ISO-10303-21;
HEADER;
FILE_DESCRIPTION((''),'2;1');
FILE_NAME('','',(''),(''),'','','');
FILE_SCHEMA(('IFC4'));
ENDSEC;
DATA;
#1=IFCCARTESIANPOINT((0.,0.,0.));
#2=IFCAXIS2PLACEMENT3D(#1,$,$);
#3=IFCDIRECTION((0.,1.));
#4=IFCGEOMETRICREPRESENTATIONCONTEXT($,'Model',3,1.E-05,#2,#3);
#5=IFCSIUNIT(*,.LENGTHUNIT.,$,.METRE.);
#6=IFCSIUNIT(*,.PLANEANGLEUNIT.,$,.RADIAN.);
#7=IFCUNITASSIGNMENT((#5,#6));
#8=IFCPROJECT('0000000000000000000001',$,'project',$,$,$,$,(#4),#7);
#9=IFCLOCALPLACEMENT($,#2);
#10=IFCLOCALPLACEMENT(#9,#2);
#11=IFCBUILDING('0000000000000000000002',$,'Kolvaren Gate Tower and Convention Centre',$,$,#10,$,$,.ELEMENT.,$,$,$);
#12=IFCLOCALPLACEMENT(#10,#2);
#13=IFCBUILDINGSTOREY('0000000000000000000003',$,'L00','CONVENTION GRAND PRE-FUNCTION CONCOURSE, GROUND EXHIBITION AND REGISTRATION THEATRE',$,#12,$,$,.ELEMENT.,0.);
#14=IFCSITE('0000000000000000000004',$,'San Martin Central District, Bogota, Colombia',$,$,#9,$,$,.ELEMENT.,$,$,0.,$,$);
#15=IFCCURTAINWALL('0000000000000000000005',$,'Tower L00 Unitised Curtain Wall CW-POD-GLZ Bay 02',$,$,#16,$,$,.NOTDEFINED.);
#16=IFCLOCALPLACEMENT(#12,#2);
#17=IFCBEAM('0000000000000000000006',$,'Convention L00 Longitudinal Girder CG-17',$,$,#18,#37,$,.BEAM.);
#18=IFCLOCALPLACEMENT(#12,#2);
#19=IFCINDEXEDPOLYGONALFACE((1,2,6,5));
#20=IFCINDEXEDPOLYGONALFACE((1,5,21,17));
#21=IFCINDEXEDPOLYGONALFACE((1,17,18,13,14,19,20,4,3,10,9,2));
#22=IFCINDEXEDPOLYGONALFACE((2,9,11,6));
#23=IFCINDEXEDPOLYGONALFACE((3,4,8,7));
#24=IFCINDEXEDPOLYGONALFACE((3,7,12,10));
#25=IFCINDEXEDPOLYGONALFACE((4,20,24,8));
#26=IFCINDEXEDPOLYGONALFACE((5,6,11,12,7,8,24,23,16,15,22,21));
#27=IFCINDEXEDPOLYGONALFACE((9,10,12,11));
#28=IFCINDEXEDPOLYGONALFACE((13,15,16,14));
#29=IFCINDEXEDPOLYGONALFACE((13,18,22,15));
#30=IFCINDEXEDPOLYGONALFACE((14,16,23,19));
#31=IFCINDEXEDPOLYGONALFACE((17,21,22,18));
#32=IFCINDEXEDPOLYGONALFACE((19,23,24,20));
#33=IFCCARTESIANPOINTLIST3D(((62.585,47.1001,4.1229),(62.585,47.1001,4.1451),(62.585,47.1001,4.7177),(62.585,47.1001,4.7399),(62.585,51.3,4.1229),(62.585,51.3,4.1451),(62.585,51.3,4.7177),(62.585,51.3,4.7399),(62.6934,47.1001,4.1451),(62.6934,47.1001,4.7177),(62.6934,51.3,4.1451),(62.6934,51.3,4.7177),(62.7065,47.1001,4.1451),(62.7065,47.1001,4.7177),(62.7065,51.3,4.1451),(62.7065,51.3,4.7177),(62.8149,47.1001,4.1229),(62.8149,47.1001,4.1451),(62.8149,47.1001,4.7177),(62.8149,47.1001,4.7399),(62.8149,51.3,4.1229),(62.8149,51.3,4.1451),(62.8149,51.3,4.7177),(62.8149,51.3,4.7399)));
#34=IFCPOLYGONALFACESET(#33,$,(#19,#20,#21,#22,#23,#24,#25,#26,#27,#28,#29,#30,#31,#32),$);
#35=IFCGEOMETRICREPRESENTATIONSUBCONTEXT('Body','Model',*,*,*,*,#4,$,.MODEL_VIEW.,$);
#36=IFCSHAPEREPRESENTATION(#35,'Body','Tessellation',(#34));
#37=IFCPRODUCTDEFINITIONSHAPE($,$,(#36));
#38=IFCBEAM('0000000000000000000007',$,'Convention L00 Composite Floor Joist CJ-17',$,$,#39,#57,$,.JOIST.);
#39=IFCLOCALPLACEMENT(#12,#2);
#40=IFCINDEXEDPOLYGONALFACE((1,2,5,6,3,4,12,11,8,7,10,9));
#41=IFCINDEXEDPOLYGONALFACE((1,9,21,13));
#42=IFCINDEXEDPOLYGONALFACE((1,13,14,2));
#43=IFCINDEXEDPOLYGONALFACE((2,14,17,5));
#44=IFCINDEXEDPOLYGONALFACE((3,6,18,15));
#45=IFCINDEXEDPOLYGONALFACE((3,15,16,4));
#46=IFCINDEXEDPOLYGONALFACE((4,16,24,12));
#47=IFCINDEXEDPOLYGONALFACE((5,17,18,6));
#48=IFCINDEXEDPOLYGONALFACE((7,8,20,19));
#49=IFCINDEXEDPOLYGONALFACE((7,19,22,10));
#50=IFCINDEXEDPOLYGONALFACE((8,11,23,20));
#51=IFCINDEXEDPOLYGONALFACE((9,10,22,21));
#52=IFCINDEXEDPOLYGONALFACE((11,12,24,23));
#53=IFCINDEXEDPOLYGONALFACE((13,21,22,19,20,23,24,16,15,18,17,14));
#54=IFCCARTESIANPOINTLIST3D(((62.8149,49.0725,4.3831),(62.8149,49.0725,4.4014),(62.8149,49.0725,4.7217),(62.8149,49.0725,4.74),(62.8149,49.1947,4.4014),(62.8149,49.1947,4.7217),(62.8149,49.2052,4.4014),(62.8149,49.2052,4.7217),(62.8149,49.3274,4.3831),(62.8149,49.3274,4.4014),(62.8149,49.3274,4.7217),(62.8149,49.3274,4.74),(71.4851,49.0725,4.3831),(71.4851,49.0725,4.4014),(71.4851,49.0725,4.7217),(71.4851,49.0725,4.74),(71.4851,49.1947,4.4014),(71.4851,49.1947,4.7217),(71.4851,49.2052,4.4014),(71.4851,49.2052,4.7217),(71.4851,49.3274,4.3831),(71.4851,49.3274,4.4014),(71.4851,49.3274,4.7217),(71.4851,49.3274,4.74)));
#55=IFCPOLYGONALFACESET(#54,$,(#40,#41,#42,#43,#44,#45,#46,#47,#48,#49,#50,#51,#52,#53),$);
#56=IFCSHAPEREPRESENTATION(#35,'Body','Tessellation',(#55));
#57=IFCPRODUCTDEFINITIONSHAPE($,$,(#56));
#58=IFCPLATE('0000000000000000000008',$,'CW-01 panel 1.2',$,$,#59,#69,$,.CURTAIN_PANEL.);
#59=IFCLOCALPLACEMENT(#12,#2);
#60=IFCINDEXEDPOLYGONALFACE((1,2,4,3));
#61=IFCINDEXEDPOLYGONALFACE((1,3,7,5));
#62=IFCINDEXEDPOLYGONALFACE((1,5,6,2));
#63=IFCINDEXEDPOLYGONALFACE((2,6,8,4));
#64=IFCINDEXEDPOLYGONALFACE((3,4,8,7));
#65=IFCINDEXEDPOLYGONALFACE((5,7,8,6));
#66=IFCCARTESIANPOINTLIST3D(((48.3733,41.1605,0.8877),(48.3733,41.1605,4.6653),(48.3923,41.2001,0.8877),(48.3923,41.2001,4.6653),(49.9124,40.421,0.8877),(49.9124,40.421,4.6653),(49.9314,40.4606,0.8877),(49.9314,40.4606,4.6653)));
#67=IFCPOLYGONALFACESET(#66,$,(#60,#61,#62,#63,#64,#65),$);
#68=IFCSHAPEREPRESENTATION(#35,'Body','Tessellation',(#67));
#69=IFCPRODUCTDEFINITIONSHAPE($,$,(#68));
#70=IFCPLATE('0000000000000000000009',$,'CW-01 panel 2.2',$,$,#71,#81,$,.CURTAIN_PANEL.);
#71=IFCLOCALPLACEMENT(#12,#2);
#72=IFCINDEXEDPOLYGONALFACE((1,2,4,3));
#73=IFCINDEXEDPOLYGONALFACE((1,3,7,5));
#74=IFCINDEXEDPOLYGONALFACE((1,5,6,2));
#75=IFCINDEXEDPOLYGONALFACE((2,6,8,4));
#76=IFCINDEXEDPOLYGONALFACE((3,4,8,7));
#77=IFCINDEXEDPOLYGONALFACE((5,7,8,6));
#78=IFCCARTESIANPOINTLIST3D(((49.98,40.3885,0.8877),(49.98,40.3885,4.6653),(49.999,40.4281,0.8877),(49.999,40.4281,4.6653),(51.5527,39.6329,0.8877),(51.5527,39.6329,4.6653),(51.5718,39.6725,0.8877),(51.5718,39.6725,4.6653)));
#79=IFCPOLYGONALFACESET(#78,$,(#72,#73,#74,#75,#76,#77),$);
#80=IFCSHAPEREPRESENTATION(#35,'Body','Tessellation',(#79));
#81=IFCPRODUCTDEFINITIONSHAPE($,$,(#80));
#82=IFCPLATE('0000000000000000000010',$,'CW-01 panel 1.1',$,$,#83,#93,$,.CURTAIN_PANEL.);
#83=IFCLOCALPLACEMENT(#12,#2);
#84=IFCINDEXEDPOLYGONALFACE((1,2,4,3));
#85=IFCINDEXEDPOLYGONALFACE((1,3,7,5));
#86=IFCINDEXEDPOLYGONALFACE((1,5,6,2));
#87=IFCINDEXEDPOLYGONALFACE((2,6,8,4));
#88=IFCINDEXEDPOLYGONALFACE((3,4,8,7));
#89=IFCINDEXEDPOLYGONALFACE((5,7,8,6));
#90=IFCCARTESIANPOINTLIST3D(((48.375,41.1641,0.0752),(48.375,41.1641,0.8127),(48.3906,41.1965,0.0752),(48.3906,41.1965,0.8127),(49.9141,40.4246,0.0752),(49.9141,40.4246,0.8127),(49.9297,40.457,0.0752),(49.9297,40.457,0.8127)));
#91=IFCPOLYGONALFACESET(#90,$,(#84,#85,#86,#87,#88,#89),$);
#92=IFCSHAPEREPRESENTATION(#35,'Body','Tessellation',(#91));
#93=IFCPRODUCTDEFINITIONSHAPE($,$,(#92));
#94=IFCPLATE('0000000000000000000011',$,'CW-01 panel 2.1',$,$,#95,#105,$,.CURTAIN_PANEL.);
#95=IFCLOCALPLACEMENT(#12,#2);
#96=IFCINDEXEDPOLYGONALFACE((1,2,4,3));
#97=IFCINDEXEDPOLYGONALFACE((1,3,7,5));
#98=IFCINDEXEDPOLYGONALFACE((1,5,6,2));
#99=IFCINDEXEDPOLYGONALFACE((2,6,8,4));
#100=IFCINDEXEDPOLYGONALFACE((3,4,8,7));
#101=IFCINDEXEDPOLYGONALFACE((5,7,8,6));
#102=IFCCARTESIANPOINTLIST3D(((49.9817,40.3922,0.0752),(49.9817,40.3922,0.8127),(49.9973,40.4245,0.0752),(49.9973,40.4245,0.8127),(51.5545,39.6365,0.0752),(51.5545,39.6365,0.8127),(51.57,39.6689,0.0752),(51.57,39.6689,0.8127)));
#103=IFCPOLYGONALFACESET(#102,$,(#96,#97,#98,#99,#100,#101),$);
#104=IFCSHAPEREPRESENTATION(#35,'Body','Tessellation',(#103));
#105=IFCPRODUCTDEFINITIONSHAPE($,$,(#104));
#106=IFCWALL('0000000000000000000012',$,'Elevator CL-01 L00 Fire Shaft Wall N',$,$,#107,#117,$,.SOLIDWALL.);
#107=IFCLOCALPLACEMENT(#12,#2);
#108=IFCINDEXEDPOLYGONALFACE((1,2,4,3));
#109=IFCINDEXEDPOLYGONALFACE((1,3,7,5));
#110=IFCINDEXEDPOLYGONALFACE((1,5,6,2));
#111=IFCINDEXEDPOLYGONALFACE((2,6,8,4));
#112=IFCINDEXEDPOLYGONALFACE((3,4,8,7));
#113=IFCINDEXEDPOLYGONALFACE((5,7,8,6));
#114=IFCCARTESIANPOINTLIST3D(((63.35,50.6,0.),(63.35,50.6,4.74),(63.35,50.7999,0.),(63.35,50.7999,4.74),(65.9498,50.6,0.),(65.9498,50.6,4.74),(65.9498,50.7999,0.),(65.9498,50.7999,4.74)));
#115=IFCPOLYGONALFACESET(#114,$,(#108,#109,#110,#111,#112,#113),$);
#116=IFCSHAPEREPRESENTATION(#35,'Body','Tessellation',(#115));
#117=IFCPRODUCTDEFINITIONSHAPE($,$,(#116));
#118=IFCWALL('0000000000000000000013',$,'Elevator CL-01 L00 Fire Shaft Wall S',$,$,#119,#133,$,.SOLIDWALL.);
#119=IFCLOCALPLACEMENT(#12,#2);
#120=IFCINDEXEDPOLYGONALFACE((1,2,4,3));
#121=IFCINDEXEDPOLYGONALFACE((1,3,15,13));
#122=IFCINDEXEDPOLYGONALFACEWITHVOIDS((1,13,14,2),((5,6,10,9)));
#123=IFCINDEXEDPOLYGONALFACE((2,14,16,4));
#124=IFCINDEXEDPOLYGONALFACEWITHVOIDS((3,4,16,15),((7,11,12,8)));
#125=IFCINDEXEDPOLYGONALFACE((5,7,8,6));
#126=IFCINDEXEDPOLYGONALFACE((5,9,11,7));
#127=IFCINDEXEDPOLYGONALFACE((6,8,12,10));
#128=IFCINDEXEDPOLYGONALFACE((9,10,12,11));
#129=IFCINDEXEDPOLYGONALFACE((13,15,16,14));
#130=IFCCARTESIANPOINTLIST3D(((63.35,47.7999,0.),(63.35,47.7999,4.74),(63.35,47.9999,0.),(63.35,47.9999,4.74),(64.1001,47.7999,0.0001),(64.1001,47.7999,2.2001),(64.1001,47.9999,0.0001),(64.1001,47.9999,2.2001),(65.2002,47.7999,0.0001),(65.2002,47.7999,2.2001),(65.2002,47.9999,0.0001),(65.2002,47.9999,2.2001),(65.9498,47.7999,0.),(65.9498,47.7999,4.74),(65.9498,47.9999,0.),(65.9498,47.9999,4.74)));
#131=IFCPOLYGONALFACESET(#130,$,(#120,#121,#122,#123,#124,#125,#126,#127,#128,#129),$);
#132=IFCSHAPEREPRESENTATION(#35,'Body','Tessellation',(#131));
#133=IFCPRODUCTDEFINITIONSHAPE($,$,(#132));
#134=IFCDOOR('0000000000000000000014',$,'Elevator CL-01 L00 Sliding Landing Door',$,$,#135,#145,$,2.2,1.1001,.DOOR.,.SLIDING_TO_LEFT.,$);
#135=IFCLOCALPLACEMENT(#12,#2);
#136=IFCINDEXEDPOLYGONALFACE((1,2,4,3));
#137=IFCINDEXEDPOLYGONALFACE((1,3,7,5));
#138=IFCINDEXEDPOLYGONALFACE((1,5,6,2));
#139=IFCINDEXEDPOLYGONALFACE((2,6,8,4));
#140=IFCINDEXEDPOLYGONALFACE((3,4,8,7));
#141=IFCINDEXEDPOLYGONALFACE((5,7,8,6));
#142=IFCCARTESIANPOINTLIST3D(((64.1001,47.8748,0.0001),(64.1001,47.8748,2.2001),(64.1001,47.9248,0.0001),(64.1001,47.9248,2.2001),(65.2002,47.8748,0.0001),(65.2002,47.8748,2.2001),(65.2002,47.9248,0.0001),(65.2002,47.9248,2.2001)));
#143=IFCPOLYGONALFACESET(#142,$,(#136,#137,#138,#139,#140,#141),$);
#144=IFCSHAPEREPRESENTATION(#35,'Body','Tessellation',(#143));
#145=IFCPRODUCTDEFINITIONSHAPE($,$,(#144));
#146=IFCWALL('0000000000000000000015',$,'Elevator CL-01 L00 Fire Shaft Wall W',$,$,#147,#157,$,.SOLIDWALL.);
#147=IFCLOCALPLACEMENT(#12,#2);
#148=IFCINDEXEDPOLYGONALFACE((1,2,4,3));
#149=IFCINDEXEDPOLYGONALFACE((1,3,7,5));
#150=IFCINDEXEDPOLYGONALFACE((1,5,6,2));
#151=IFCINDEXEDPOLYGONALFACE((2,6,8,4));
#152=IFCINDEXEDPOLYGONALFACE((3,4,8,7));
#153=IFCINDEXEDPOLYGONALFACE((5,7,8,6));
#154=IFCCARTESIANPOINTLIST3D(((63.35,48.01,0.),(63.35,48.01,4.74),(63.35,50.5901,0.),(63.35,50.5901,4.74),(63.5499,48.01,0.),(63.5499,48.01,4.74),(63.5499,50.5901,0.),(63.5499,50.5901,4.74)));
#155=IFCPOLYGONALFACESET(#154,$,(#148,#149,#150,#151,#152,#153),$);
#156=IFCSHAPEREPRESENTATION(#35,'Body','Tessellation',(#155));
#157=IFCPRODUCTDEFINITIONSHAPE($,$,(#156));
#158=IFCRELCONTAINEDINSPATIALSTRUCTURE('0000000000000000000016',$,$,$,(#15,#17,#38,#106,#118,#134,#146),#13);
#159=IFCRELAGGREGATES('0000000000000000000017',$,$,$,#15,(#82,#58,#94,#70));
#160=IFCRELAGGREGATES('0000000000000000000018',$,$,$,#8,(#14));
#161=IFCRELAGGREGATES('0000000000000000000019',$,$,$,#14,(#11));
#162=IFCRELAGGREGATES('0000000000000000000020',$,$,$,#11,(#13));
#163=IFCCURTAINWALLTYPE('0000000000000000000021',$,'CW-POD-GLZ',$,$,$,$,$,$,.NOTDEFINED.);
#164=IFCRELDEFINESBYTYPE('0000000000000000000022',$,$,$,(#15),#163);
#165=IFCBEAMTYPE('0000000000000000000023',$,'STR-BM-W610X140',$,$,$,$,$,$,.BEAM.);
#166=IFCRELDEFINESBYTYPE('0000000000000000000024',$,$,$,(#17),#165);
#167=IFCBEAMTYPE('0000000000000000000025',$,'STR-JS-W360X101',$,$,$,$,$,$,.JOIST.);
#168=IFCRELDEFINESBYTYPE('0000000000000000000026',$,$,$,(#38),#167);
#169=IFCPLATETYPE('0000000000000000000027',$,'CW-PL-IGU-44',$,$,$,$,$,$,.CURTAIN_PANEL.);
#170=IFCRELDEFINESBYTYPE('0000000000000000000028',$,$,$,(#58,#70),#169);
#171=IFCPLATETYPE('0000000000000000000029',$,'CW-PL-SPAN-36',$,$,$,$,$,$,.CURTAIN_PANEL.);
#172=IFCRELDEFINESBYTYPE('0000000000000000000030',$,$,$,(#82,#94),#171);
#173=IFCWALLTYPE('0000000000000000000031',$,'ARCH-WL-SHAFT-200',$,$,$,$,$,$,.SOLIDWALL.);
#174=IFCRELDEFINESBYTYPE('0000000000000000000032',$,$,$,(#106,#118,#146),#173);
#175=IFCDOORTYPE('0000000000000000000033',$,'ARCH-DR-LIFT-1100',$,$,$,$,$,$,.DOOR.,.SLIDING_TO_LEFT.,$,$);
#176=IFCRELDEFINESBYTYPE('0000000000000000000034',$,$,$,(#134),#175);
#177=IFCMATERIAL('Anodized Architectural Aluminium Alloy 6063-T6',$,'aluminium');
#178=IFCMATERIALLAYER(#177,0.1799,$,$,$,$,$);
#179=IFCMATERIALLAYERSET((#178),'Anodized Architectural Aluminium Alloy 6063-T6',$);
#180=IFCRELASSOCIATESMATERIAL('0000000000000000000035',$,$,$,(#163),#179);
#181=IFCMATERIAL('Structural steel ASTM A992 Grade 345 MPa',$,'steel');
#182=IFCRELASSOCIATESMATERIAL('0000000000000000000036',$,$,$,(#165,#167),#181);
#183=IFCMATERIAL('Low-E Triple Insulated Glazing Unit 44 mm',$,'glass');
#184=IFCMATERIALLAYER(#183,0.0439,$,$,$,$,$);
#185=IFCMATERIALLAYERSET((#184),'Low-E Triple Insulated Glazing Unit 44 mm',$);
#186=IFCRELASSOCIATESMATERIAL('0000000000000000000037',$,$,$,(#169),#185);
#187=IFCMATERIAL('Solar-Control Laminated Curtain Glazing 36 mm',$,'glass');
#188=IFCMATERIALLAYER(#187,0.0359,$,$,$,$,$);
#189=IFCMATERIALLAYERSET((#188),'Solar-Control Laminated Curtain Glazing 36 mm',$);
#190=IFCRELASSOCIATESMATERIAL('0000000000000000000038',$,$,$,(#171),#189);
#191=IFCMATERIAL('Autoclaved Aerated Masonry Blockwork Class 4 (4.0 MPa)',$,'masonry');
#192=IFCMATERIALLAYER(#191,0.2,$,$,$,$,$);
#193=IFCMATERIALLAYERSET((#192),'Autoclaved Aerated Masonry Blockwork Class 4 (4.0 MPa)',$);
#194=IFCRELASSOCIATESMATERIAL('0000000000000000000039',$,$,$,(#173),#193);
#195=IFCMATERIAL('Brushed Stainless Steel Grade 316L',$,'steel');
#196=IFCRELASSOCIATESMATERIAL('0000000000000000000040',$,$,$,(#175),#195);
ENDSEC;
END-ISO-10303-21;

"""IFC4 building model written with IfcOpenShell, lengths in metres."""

from ifc_helpers import new_model, si_unit, direction, frame, frame_2d, origin, origin_2d, place, context, subcontext, project, spatial, rectangle, i_section, extrude, material, layer, layer_set, material_profile, profile_set, type_object, element, fill, aggregate, save


model = new_model("IFC4")

# Units and contexts
model_context = context("Model", 3, precision=1e-05, world=origin(), true_north=direction((0.0, 1.0)))
body_context = subcontext(model_context, "Body", "Model", "MODEL_VIEW")
ifc_project = project(units=[si_unit("LENGTHUNIT", "METRE"), si_unit("PLANEANGLEUNIT", "RADIAN")], contexts=[model_context])

# Site, building, storey
site_placement = place(None, origin())
site = spatial("IfcSite", under=ifc_project, at=site_placement, Name="San Martin Central District, Bogota, Colombia", CompositionType="ELEMENT", RefElevation=0.0)
building_placement = place(site_placement, origin())
building = spatial("IfcBuilding", under=site, at=building_placement, Name="Kolvaren Gate Tower and Convention Centre", CompositionType="ELEMENT")
storey_placement = place(building_placement, origin())
storey = spatial("IfcBuildingStorey", under=building, at=storey_placement, Name="L00", Description="CONVENTION GRAND PRE-FUNCTION CONCOURSE, GROUND EXHIBITION AND REGISTRATION THEATRE", CompositionType="ELEMENT", Elevation=0.0)

# Curtain wall
ifc_material_1 = material(Name="Anodized Architectural Aluminium Alloy 6063-T6", Category="aluminium")
ifc_layer_1 = layer(ifc_material_1, 0.1799)
ifc_layer_set_1 = layer_set([ifc_layer_1], Name="Anodized Architectural Aluminium Alloy 6063-T6")
curtain_wall_type = type_object("IfcCurtainWallType", Name="CW-POD-GLZ", PredefinedType="NOTDEFINED", material=ifc_layer_set_1)
curtain_wall_placement = place(storey_placement, origin())
curtain_wall = element("IfcCurtainWall", 1, at=curtain_wall_placement, inside=storey, type_object=curtain_wall_type, Name="Tower L00 Unitised Curtain Wall CW-POD-GLZ Bay 02", PredefinedType="NOTDEFINED")

# Beams
ifc_material_2 = material(Name="Structural steel ASTM A992 Grade 345 MPa", Category="steel")
ifc_material_profile_1 = material_profile(ifc_material_2, i_section(OverallWidth=0.23, OverallDepth=0.6169, WebThickness=0.0132, FlangeThickness=0.0222, at=origin_2d()), Name="W610X140")
ifc_profile_set_1 = profile_set([ifc_material_profile_1], Name="Structural steel ASTM A992 Grade 345 MPa")
beam_type_1 = type_object("IfcBeamType", Name="STR-BM-W610X140", PredefinedType="BEAM", material=ifc_profile_set_1)
beam_1_placement = place(storey_placement, frame((62.7, 47.1001, 4.4314), z_axis=(0.0, 1.0, 0.0), x_axis=(-1.0, 0.0, 0.0)))
element("IfcBeam", 2, at=beam_1_placement, inside=storey, type_object=beam_type_1, Name="Convention L00 Longitudinal Girder CG-17", PredefinedType="BEAM", context=body_context, shape_type="SweptSolid", body=[
    extrude(i_section(OverallWidth=0.23, OverallDepth=0.6169, WebThickness=0.0132, FlangeThickness=0.0222, at=origin_2d()), origin(), (0.0, 0.0, 1.0), 4.2),
])
ifc_material_profile_2 = material_profile(ifc_material_2, i_section(OverallWidth=0.2549, OverallDepth=0.3569, WebThickness=0.0105, FlangeThickness=0.0183, at=origin_2d()), Name="W360X101")
ifc_profile_set_2 = profile_set([ifc_material_profile_2], Name="Structural steel ASTM A992 Grade 345 MPa")
beam_type_2 = type_object("IfcBeamType", Name="STR-JS-W360X101", PredefinedType="JOIST", material=ifc_profile_set_2)
beam_2_placement = place(storey_placement, frame((62.8149, 49.2, 4.5615), z_axis=(1.0, 0.0, 0.0), x_axis=(0.0, 1.0, 0.0)))
element("IfcBeam", 3, at=beam_2_placement, inside=storey, type_object=beam_type_2, Name="Convention L00 Composite Floor Joist CJ-17", PredefinedType="JOIST", context=body_context, shape_type="SweptSolid", body=[
    extrude(i_section(OverallWidth=0.2549, OverallDepth=0.3569, WebThickness=0.0105, FlangeThickness=0.0183, at=origin_2d()), origin(), (0.0, 0.0, 1.0), 8.6702),
])

# Plates
ifc_material_3 = material(Name="Low-E Triple Insulated Glazing Unit 44 mm", Category="glass")
ifc_layer_2 = layer(ifc_material_3, 0.0439)
ifc_layer_set_2 = layer_set([ifc_layer_2], Name="Low-E Triple Insulated Glazing Unit 44 mm")
plate_type_1 = type_object("IfcPlateType", Name="CW-PL-IGU-44", PredefinedType="CURTAIN_PANEL", material=ifc_layer_set_2)
plate_1_placement = place(storey_placement, frame((49.1523, 40.8105, 0.8877), z_axis=(0.0, 0.0, 1.0), x_axis=(0.901364, -0.433063, 0.0)))
plate_1 = element("IfcPlate", 4, at=plate_1_placement, type_object=plate_type_1, Name="CW-01 panel 1.2", PredefinedType="CURTAIN_PANEL", context=body_context, shape_type="SweptSolid", body=[
    extrude(rectangle(XDim=1.7075, YDim=0.0439, at=origin_2d()), origin(), (0.0, 0.0, 1.0), 3.7776),
])
plate_2_placement = place(storey_placement, frame((50.7759, 40.0305, 0.8877), z_axis=(0.0, 0.0, 1.0), x_axis=(0.901364, -0.433063, 0.0)))
plate_2 = element("IfcPlate", 5, at=plate_2_placement, type_object=plate_type_1, Name="CW-01 panel 2.2", PredefinedType="CURTAIN_PANEL", context=body_context, shape_type="SweptSolid", body=[
    extrude(rectangle(XDim=1.7449, YDim=0.0439, at=origin_2d()), origin(), (0.0, 0.0, 1.0), 3.7776),
])
ifc_material_4 = material(Name="Solar-Control Laminated Curtain Glazing 36 mm", Category="glass")
ifc_layer_3 = layer(ifc_material_4, 0.0359)
ifc_layer_set_3 = layer_set([ifc_layer_3], Name="Solar-Control Laminated Curtain Glazing 36 mm")
plate_type_2 = type_object("IfcPlateType", Name="CW-PL-SPAN-36", PredefinedType="CURTAIN_PANEL", material=ifc_layer_set_3)
plate_3_placement = place(storey_placement, frame((49.1523, 40.8105, 0.0752), z_axis=(0.0, 0.0, 1.0), x_axis=(0.901364, -0.433063, 0.0)))
plate_3 = element("IfcPlate", 6, at=plate_3_placement, type_object=plate_type_2, Name="CW-01 panel 1.1", PredefinedType="CURTAIN_PANEL", context=body_context, shape_type="SweptSolid", body=[
    extrude(rectangle(XDim=1.7075, YDim=0.0359, at=origin_2d()), origin(), (0.0, 0.0, 1.0), 0.7375),
])
plate_4_placement = place(storey_placement, frame((50.7759, 40.0305, 0.0752), z_axis=(0.0, 0.0, 1.0), x_axis=(0.901364, -0.433063, 0.0)))
plate_4 = element("IfcPlate", 7, at=plate_4_placement, type_object=plate_type_2, Name="CW-01 panel 2.1", PredefinedType="CURTAIN_PANEL", context=body_context, shape_type="SweptSolid", body=[
    extrude(rectangle(XDim=1.7449, YDim=0.0359, at=origin_2d()), origin(), (0.0, 0.0, 1.0), 0.7375),
])
aggregate(curtain_wall, [plate_3, plate_1, plate_4, plate_2])

# Wall
ifc_material_5 = material(Name="Autoclaved Aerated Masonry Blockwork Class 4 (4.0 MPa)", Category="masonry")
ifc_layer_4 = layer(ifc_material_5, 0.2)
ifc_layer_set_4 = layer_set([ifc_layer_4], Name="Autoclaved Aerated Masonry Blockwork Class 4 (4.0 MPa)")
wall_type_1 = type_object("IfcWallType", Name="ARCH-WL-SHAFT-200", PredefinedType="SOLIDWALL", material=ifc_layer_set_4)
wall_1_placement = place(storey_placement, frame((63.3501, 50.7, 0.0), z_axis=(0.0, 0.0, 1.0), x_axis=(1.0, 0.0, 0.0)))
element("IfcWall", 8, at=wall_1_placement, inside=storey, type_object=wall_type_1, Name="Elevator CL-01 L00 Fire Shaft Wall N", PredefinedType="SOLIDWALL", context=body_context, shape_type="SweptSolid", body=[
    extrude(rectangle(XDim=2.5999, YDim=0.2, at=frame_2d((1.2998, 0.0))), origin(), (0.0, 0.0, 1.0), 4.74),
])

# Wall, opening, door
wall_2_placement = place(storey_placement, frame((63.3501, 47.8999, 0.0), z_axis=(0.0, 0.0, 1.0), x_axis=(1.0, 0.0, 0.0)))
wall_2 = element("IfcWall", 9, at=wall_2_placement, inside=storey, type_object=wall_type_1, Name="Elevator CL-01 L00 Fire Shaft Wall S", PredefinedType="SOLIDWALL", context=body_context, shape_type="SweptSolid", body=[
    extrude(rectangle(XDim=2.5999, YDim=0.2, at=frame_2d((1.2998, 0.0))), origin(), (0.0, 0.0, 1.0), 4.74),
])
opening_1_placement = place(wall_2_placement, frame((0.75, 0.0, 0.0)))
opening_1 = element("IfcOpeningElement", 10, at=opening_1_placement, cuts=wall_2, PredefinedType="OPENING", context=body_context, shape_type="SweptSolid", body=[
    extrude(rectangle(XDim=1.1001, YDim=2.2, at=frame_2d((0.55, 1.1001))), frame((0.0, 0.1099, 0.0), z_axis=(0.0, -1.0, 0.0), x_axis=(1.0, 0.0, 0.0)), (0.0, 0.0, 1.0), 0.22),
])
ifc_material_6 = material(Name="Brushed Stainless Steel Grade 316L", Category="steel")
door_type_1 = type_object("IfcDoorType", Name="ARCH-DR-LIFT-1100", OperationType="SLIDING_TO_LEFT", PredefinedType="DOOR", material=ifc_material_6)
door_1_placement = place(opening_1_placement, origin())
door_1 = element("IfcDoor", 11, at=door_1_placement, inside=storey, type_object=door_type_1, Name="Elevator CL-01 L00 Sliding Landing Door", OperationType="SLIDING_TO_LEFT", OverallHeight=2.2, OverallWidth=1.1001, PredefinedType="DOOR", context=body_context, shape_type="SweptSolid", body=[
    extrude(rectangle(XDim=1.1001, YDim=2.2, at=frame_2d((0.55, 1.1001))), frame((0.0, 0.0249, 0.0), z_axis=(0.0, -1.0, 0.0), x_axis=(1.0, 0.0, 0.0)), (0.0, 0.0, 1.0), 0.05),
])
fill(opening_1, door_1)

# Wall
wall_3_placement = place(storey_placement, frame((63.45, 48.01, 0.0), z_axis=(0.0, 0.0, 1.0), x_axis=(0.0, 1.0, 0.0)))
element("IfcWall", 12, at=wall_3_placement, inside=storey, type_object=wall_type_1, Name="Elevator CL-01 L00 Fire Shaft Wall W", PredefinedType="SOLIDWALL", context=body_context, shape_type="SweptSolid", body=[
    extrude(rectangle(XDim=2.5801, YDim=0.2, at=frame_2d((1.29, 0.0))), origin(), (0.0, 0.0, 1.0), 4.74),
])

save(model, "model.ifc")
